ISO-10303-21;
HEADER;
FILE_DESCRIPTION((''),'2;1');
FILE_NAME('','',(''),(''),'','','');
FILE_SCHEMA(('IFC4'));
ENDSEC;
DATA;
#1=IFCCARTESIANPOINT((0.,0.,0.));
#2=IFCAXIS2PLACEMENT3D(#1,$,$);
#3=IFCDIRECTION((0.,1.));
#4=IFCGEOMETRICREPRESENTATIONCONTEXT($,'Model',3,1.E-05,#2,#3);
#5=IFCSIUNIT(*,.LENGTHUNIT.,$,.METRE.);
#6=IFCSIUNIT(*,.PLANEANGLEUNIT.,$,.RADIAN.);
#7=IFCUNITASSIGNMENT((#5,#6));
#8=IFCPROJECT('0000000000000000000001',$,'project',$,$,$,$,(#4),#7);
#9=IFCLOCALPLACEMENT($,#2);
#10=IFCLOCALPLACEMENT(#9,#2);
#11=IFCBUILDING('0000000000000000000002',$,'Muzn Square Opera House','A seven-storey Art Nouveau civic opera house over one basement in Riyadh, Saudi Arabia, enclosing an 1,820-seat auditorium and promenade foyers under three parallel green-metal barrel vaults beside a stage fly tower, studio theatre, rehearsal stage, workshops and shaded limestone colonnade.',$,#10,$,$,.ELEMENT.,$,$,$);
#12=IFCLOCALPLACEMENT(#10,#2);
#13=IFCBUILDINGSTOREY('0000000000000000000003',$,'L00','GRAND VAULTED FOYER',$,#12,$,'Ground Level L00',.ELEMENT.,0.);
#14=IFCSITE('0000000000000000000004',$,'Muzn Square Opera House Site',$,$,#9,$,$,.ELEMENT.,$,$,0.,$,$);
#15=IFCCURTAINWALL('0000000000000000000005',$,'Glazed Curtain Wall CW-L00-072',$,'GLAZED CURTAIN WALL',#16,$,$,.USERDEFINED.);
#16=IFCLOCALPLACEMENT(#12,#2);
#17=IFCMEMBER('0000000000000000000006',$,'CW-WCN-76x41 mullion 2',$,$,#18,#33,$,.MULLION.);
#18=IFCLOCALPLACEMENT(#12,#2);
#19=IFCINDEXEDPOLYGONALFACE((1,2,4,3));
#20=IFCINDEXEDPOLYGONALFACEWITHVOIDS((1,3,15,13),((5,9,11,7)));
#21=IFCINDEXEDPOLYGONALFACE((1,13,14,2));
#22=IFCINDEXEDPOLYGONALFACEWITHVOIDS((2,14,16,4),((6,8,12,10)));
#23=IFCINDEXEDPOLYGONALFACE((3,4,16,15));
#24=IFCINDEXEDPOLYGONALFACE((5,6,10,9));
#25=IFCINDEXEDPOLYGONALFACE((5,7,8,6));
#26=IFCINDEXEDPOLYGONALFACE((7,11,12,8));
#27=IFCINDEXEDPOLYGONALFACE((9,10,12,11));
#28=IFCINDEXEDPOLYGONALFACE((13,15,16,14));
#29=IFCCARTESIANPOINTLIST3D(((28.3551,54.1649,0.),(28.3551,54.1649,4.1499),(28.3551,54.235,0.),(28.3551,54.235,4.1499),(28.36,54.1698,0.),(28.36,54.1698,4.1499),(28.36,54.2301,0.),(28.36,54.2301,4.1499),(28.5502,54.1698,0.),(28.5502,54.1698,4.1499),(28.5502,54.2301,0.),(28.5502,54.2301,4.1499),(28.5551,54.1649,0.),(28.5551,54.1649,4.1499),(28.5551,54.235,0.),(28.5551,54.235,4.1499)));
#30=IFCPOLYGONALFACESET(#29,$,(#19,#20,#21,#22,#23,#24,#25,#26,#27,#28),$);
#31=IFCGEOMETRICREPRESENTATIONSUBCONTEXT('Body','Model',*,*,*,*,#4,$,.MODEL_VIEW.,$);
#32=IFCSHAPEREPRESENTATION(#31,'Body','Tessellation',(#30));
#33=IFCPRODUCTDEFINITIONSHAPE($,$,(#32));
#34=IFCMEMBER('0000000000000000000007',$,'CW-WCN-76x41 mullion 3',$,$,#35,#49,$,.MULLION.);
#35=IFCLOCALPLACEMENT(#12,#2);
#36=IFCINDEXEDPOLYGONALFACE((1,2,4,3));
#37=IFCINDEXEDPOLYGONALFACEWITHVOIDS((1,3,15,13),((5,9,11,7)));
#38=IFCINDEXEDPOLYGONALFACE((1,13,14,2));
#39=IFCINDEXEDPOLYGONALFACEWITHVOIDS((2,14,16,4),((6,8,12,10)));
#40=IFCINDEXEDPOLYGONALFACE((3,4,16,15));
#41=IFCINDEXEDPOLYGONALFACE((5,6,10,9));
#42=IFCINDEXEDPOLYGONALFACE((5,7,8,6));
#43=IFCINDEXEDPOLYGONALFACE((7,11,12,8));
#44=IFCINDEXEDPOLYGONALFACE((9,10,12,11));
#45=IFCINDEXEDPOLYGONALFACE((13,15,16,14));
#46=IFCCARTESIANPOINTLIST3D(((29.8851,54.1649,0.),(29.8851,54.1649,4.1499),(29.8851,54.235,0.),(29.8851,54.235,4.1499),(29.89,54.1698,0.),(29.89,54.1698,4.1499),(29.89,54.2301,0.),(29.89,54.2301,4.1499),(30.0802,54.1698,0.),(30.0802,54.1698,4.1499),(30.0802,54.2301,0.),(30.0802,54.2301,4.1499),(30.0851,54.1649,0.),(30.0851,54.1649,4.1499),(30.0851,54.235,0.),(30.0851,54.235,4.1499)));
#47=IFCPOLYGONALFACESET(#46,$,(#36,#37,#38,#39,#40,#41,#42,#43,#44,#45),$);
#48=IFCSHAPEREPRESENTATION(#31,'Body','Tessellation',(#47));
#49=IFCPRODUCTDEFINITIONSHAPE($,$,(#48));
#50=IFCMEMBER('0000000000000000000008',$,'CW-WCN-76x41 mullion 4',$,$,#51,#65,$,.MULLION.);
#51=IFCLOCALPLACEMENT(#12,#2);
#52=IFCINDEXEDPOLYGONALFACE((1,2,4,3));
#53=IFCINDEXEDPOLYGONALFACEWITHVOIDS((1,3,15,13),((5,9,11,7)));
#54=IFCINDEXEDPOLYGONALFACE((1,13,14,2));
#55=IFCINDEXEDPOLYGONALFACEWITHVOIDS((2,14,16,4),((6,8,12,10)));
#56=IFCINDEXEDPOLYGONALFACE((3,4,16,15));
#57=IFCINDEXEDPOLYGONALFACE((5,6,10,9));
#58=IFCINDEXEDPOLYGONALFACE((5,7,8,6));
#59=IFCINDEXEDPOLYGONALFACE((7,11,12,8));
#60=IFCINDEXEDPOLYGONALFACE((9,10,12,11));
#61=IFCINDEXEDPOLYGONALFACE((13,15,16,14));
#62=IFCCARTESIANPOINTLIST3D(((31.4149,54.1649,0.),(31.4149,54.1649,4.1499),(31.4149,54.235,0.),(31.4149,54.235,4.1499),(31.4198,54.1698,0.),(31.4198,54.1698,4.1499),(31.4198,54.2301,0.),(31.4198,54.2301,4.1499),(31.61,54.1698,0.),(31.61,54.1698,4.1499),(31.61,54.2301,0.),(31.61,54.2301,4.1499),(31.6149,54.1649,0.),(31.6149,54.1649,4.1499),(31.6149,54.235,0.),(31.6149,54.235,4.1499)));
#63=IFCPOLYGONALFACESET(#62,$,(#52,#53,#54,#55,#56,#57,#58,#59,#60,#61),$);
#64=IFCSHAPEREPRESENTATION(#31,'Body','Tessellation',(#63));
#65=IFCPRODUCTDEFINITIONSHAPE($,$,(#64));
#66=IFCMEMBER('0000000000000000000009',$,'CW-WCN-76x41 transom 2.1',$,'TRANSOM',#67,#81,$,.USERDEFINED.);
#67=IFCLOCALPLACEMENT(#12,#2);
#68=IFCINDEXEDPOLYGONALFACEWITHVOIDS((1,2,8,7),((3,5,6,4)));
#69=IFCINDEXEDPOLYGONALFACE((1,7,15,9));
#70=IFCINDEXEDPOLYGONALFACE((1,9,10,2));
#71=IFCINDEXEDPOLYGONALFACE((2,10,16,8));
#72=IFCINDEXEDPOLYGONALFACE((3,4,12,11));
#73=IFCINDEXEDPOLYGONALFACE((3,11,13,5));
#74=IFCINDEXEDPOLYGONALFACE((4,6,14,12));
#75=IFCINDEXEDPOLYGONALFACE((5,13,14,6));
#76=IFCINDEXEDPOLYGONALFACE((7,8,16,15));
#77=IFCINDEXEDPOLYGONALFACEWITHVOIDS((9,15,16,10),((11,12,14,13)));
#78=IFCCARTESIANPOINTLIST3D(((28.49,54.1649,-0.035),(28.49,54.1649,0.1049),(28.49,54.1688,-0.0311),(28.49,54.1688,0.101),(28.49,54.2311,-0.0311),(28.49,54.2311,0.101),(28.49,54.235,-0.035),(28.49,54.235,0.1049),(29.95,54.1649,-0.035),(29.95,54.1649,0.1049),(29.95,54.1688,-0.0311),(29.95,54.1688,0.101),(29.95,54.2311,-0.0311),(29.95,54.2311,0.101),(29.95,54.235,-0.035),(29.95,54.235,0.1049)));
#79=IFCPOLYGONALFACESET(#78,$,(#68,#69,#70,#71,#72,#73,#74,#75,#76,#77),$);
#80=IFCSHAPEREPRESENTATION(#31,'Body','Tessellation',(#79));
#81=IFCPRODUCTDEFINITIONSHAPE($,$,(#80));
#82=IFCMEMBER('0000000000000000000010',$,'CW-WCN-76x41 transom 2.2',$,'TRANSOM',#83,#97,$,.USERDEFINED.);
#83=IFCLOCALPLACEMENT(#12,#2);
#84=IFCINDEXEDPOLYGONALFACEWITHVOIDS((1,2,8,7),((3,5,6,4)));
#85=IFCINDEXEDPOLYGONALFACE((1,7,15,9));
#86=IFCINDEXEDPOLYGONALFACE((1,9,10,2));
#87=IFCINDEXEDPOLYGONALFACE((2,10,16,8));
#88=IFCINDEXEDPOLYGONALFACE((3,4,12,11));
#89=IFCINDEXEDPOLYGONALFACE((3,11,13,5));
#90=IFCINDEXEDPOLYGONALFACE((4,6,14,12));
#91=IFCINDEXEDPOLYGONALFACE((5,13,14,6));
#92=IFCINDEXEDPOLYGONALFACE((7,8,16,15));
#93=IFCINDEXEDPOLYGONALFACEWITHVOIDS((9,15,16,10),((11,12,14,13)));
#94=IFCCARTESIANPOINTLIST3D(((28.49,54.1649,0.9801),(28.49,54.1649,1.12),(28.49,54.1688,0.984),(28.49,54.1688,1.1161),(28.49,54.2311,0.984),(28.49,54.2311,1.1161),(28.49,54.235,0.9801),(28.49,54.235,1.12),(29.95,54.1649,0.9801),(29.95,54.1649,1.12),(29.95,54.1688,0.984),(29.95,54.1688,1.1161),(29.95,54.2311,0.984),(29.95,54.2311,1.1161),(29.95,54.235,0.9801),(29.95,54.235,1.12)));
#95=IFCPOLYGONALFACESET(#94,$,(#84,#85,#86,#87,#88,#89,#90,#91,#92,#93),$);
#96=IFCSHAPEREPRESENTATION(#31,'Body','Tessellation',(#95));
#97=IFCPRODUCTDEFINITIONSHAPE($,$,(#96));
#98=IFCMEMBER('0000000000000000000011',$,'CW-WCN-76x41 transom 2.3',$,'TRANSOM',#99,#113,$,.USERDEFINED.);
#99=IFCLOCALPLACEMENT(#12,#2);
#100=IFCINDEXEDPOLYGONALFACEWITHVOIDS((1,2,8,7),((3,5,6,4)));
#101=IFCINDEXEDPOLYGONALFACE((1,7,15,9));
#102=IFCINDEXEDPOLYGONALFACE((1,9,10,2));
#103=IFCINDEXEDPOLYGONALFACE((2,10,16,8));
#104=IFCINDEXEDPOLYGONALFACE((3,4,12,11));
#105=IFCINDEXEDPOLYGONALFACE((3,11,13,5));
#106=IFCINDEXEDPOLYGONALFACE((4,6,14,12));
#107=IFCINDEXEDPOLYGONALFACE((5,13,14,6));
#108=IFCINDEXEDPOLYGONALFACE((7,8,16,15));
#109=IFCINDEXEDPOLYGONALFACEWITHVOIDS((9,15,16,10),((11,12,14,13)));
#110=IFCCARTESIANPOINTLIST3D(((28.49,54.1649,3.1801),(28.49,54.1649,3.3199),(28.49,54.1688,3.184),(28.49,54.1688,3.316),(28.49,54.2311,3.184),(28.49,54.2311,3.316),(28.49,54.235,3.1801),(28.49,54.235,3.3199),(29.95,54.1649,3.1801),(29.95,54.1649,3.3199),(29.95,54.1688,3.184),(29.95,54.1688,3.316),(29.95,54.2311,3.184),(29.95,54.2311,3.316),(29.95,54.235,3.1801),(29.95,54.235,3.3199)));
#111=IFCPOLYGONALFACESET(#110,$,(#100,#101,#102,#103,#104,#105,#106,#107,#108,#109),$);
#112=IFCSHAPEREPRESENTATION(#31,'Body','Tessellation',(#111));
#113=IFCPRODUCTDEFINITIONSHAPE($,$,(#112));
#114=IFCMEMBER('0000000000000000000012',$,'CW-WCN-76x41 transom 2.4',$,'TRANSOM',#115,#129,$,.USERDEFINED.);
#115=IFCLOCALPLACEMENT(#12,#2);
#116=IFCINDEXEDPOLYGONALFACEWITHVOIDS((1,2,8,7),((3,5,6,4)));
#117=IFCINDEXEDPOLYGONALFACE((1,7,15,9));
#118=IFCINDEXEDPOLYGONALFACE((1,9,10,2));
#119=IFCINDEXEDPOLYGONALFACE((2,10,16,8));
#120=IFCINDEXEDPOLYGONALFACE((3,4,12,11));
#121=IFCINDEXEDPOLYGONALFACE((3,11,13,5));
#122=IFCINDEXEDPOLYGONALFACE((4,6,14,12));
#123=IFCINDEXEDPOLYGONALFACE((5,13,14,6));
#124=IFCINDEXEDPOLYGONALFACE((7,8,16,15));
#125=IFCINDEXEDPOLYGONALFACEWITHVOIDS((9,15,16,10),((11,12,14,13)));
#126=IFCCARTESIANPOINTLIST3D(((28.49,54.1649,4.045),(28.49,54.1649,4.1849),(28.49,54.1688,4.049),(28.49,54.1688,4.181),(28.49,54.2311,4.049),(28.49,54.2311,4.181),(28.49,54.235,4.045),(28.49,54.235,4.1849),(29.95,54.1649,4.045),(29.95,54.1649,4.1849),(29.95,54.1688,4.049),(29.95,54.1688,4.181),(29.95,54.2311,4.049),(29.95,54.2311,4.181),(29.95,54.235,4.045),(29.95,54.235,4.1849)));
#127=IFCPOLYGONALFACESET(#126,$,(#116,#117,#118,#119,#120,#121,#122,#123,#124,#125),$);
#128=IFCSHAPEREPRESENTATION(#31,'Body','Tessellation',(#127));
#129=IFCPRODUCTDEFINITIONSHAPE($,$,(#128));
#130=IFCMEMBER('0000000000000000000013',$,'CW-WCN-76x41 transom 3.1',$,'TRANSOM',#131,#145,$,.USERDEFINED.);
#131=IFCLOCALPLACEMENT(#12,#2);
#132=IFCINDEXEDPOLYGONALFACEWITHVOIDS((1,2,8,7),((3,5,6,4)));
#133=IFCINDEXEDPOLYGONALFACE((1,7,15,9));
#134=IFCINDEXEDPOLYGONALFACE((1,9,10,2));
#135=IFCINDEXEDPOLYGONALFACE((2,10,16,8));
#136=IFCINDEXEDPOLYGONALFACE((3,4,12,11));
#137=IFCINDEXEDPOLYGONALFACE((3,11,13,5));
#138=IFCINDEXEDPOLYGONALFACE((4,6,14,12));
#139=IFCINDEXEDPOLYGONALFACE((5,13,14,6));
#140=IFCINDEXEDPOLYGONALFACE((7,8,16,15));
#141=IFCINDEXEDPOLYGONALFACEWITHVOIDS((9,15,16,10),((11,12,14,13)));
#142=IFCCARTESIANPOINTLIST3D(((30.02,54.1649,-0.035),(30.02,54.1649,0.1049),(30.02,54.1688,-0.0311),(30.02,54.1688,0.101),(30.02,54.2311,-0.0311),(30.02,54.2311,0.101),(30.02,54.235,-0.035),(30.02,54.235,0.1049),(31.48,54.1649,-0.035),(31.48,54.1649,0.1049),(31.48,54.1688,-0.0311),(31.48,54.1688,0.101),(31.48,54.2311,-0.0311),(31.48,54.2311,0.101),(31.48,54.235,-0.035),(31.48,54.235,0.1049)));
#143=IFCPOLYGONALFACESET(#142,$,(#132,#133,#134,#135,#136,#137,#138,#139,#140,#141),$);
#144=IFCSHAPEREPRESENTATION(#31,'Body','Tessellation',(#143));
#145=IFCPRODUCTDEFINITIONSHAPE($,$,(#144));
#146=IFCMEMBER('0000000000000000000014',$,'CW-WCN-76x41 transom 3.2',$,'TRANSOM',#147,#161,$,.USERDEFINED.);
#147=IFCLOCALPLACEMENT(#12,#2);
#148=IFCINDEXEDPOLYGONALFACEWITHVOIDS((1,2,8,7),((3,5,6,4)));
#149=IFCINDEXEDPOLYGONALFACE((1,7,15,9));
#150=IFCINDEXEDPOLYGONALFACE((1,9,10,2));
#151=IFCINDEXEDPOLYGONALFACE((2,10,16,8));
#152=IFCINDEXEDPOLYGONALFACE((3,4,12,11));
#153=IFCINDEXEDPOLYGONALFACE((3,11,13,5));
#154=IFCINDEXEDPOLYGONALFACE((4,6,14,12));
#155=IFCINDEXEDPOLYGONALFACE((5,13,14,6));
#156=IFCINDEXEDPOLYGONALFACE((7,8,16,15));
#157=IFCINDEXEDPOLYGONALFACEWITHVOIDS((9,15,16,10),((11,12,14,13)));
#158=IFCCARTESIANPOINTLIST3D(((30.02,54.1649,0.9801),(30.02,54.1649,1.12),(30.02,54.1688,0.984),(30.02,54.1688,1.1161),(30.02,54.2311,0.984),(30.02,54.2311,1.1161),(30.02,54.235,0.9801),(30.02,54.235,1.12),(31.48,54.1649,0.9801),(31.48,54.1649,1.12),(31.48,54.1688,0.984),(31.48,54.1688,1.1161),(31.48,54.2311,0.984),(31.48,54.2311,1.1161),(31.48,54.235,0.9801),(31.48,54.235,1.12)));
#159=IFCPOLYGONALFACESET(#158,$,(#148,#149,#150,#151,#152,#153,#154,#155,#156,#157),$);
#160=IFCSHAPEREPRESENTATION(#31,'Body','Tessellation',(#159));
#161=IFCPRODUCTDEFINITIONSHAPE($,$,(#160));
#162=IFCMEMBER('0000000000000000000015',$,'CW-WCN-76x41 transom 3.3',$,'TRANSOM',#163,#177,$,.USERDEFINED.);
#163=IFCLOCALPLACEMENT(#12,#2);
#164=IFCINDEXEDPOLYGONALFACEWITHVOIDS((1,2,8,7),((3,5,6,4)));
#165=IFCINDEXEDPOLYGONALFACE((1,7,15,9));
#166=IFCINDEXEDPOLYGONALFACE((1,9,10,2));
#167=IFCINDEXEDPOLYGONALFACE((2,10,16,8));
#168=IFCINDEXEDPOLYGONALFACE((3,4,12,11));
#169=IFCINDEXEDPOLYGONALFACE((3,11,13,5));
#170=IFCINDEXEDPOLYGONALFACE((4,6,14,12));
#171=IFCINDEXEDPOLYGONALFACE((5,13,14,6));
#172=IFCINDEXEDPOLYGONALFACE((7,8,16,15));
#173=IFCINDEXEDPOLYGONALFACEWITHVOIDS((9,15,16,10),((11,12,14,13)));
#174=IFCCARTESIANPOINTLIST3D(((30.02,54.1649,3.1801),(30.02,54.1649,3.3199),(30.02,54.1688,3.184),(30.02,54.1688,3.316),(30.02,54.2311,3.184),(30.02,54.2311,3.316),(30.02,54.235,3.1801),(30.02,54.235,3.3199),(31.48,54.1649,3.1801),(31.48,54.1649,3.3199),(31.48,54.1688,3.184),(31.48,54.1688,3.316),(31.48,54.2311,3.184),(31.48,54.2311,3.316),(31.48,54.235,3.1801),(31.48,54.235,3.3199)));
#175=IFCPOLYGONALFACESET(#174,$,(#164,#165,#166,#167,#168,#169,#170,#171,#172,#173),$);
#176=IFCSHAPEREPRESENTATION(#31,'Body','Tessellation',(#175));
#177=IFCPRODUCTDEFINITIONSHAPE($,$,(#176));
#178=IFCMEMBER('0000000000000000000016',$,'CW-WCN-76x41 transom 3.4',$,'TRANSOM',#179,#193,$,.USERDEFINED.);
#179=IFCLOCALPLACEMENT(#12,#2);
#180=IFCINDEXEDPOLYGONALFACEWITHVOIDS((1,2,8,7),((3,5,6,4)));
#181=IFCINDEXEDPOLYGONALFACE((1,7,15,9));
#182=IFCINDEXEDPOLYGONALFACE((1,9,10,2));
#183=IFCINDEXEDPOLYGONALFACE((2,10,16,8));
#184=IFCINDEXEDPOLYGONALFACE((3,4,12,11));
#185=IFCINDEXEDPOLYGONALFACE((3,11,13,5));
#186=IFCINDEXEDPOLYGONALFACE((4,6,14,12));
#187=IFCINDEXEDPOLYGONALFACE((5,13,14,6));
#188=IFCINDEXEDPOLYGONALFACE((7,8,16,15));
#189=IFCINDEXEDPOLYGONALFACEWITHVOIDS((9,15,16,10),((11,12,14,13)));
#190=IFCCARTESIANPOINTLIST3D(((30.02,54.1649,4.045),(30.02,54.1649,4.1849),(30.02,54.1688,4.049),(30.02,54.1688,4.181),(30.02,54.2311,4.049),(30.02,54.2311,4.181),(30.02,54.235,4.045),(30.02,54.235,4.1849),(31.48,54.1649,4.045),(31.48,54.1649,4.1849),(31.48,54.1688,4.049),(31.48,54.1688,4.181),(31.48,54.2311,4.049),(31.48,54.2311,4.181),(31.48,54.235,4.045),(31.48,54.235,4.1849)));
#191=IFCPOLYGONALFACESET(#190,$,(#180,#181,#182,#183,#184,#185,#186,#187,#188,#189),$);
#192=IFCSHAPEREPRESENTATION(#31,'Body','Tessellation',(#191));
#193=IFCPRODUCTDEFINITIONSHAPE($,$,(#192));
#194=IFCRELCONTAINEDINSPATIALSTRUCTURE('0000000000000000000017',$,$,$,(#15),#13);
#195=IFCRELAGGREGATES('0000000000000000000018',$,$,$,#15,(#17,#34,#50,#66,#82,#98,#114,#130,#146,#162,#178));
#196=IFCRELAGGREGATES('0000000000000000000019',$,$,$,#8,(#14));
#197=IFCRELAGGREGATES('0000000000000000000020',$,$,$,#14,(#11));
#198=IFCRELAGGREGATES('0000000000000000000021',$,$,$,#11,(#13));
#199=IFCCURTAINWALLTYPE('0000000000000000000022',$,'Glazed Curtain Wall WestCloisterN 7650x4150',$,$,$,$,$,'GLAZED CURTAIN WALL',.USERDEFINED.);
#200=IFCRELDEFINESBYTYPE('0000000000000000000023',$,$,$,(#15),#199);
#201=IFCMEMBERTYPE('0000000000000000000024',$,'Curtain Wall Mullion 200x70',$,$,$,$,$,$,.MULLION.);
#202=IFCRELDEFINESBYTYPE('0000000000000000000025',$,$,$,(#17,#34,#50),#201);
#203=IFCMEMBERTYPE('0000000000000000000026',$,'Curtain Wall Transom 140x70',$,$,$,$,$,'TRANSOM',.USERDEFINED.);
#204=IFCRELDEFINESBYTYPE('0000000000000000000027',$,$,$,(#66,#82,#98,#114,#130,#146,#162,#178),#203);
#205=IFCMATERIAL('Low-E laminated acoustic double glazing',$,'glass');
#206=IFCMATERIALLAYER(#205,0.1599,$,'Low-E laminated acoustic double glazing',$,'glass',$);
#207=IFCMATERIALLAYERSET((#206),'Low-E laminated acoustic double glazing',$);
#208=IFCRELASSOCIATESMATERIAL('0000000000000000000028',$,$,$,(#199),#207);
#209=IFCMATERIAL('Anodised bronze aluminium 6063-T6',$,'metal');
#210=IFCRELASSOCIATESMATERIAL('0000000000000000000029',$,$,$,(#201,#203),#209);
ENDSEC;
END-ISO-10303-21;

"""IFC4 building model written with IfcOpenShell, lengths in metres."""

from ifc_helpers import new_model, si_unit, direction, frame, origin, origin_2d, place, context, subcontext, project, spatial, hollow_rectangle, extrude, material, layer, layer_set, material_profile, profile_set, type_object, element, aggregate, save


model = new_model("IFC4")

# Units and contexts
model_context = context("Model", 3, precision=1e-05, world=origin(), true_north=direction((0.0, 1.0)))
body_context = subcontext(model_context, "Body", "Model", "MODEL_VIEW")
ifc_project = project(units=[si_unit("LENGTHUNIT", "METRE"), si_unit("PLANEANGLEUNIT", "RADIAN")], contexts=[model_context])

# Site, building, storey
site_placement = place(None, origin())
site = spatial("IfcSite", under=ifc_project, at=site_placement, Name="Muzn Square Opera House Site", CompositionType="ELEMENT", RefElevation=0.0)
building_placement = place(site_placement, origin())
building = spatial("IfcBuilding", under=site, at=building_placement, Name="Muzn Square Opera House", Description="A seven-storey Art Nouveau civic opera house over one basement in Riyadh, Saudi Arabia, enclosing an 1,820-seat auditorium and promenade foyers under three parallel green-metal barrel vaults beside a stage fly tower, studio theatre, rehearsal stage, workshops and shaded limestone colonnade.", CompositionType="ELEMENT")
storey_placement = place(building_placement, origin())
storey = spatial("IfcBuildingStorey", under=building, at=storey_placement, Name="L00", Description="GRAND VAULTED FOYER", LongName="Ground Level L00", CompositionType="ELEMENT", Elevation=0.0)

# Curtain wall, members
ifc_material_1 = material(Name="Low-E laminated acoustic double glazing", Category="glass")
ifc_layer_1 = layer(ifc_material_1, 0.1599, Name="Low-E laminated acoustic double glazing", Category="glass")
ifc_layer_set_1 = layer_set([ifc_layer_1], Name="Low-E laminated acoustic double glazing")
curtain_wall_type = type_object("IfcCurtainWallType", Name="Glazed Curtain Wall WestCloisterN 7650x4150", ElementType="GLAZED CURTAIN WALL", PredefinedType="USERDEFINED", material=ifc_layer_set_1)
curtain_wall_placement = place(storey_placement, origin())
curtain_wall = element("IfcCurtainWall", 1, at=curtain_wall_placement, inside=storey, type_object=curtain_wall_type, Name="Glazed Curtain Wall CW-L00-072", ObjectType="GLAZED CURTAIN WALL", PredefinedType="USERDEFINED")
ifc_material_2 = material(Name="Anodised bronze aluminium 6063-T6", Category="metal")
ifc_material_profile_1 = material_profile(ifc_material_2, hollow_rectangle(XDim=0.0701, YDim=0.2, WallThickness=0.0049, at=origin_2d()), Name="ALU 200x70x5", Category="metal")
ifc_profile_set_1 = profile_set([ifc_material_profile_1], Name="Anodised bronze aluminium 6063-T6")
member_type_1 = type_object("IfcMemberType", Name="Curtain Wall Mullion 200x70", PredefinedType="MULLION", material=ifc_profile_set_1)
member_1_placement = place(storey_placement, frame((28.4551, 54.2, 0.0), z_axis=(0.0, 0.0, 1.0), x_axis=(0.0, 1.0, 0.0)))
member_1 = element("IfcMember", 2, at=member_1_placement, type_object=member_type_1, Name="CW-WCN-76x41 mullion 2", PredefinedType="MULLION", context=body_context, shape_type="SweptSolid", body=[
    extrude(hollow_rectangle(XDim=0.0701, YDim=0.2, WallThickness=0.0049, at=origin_2d()), origin(), (0.0, 0.0, 1.0), 4.1499),
])
member_2_placement = place(storey_placement, frame((29.9851, 54.2, 0.0), z_axis=(0.0, 0.0, 1.0), x_axis=(0.0, 1.0, 0.0)))
member_2 = element("IfcMember", 3, at=member_2_placement, type_object=member_type_1, Name="CW-WCN-76x41 mullion 3", PredefinedType="MULLION", context=body_context, shape_type="SweptSolid", body=[
    extrude(hollow_rectangle(XDim=0.0701, YDim=0.2, WallThickness=0.0049, at=origin_2d()), origin(), (0.0, 0.0, 1.0), 4.1499),
])
member_3_placement = place(storey_placement, frame((31.5149, 54.2, 0.0), z_axis=(0.0, 0.0, 1.0), x_axis=(0.0, 1.0, 0.0)))
member_3 = element("IfcMember", 4, at=member_3_placement, type_object=member_type_1, Name="CW-WCN-76x41 mullion 4", PredefinedType="MULLION", context=body_context, shape_type="SweptSolid", body=[
    extrude(hollow_rectangle(XDim=0.0701, YDim=0.2, WallThickness=0.0049, at=origin_2d()), origin(), (0.0, 0.0, 1.0), 4.1499),
])
ifc_material_profile_2 = material_profile(ifc_material_2, hollow_rectangle(XDim=0.0701, YDim=0.1399, WallThickness=0.0039, at=origin_2d()), Name="ALU 140x70x4", Category="metal")
ifc_profile_set_2 = profile_set([ifc_material_profile_2], Name="Anodised bronze aluminium 6063-T6")
member_type_2 = type_object("IfcMemberType", Name="Curtain Wall Transom 140x70", ElementType="TRANSOM", PredefinedType="USERDEFINED", material=ifc_profile_set_2)
member_4_placement = place(storey_placement, frame((28.49, 54.2, 0.0349), z_axis=(1.0, 0.0, 0.0), x_axis=(0.0, 1.0, 0.0)))
member_4 = element("IfcMember", 5, at=member_4_placement, type_object=member_type_2, Name="CW-WCN-76x41 transom 2.1", ObjectType="TRANSOM", PredefinedType="USERDEFINED", context=body_context, shape_type="SweptSolid", body=[
    extrude(hollow_rectangle(XDim=0.0701, YDim=0.1399, WallThickness=0.0039, at=origin_2d()), origin(), (0.0, 0.0, 1.0), 1.46),
])
member_5_placement = place(storey_placement, frame((28.49, 54.2, 1.05), z_axis=(1.0, 0.0, 0.0), x_axis=(0.0, 1.0, 0.0)))
member_5 = element("IfcMember", 6, at=member_5_placement, type_object=member_type_2, Name="CW-WCN-76x41 transom 2.2", ObjectType="TRANSOM", PredefinedType="USERDEFINED", context=body_context, shape_type="SweptSolid", body=[
    extrude(hollow_rectangle(XDim=0.0701, YDim=0.1399, WallThickness=0.0039, at=origin_2d()), origin(), (0.0, 0.0, 1.0), 1.46),
])
member_6_placement = place(storey_placement, frame((28.49, 54.2, 3.25), z_axis=(1.0, 0.0, 0.0), x_axis=(0.0, 1.0, 0.0)))
member_6 = element("IfcMember", 7, at=member_6_placement, type_object=member_type_2, Name="CW-WCN-76x41 transom 2.3", ObjectType="TRANSOM", PredefinedType="USERDEFINED", context=body_context, shape_type="SweptSolid", body=[
    extrude(hollow_rectangle(XDim=0.0701, YDim=0.1399, WallThickness=0.0039, at=origin_2d()), origin(), (0.0, 0.0, 1.0), 1.46),
])
member_7_placement = place(storey_placement, frame((28.49, 54.2, 4.115), z_axis=(1.0, 0.0, 0.0), x_axis=(0.0, 1.0, 0.0)))
member_7 = element("IfcMember", 8, at=member_7_placement, type_object=member_type_2, Name="CW-WCN-76x41 transom 2.4", ObjectType="TRANSOM", PredefinedType="USERDEFINED", context=body_context, shape_type="SweptSolid", body=[
    extrude(hollow_rectangle(XDim=0.0701, YDim=0.1399, WallThickness=0.0039, at=origin_2d()), origin(), (0.0, 0.0, 1.0), 1.46),
])
member_8_placement = place(storey_placement, frame((30.02, 54.2, 0.0349), z_axis=(1.0, 0.0, 0.0), x_axis=(0.0, 1.0, 0.0)))
member_8 = element("IfcMember", 9, at=member_8_placement, type_object=member_type_2, Name="CW-WCN-76x41 transom 3.1", ObjectType="TRANSOM", PredefinedType="USERDEFINED", context=body_context, shape_type="SweptSolid", body=[
    extrude(hollow_rectangle(XDim=0.0701, YDim=0.1399, WallThickness=0.0039, at=origin_2d()), origin(), (0.0, 0.0, 1.0), 1.46),
])
member_9_placement = place(storey_placement, frame((30.02, 54.2, 1.05), z_axis=(1.0, 0.0, 0.0), x_axis=(0.0, 1.0, 0.0)))
member_9 = element("IfcMember", 10, at=member_9_placement, type_object=member_type_2, Name="CW-WCN-76x41 transom 3.2", ObjectType="TRANSOM", PredefinedType="USERDEFINED", context=body_context, shape_type="SweptSolid", body=[
    extrude(hollow_rectangle(XDim=0.0701, YDim=0.1399, WallThickness=0.0039, at=origin_2d()), origin(), (0.0, 0.0, 1.0), 1.46),
])
member_10_placement = place(storey_placement, frame((30.02, 54.2, 3.25), z_axis=(1.0, 0.0, 0.0), x_axis=(0.0, 1.0, 0.0)))
member_10 = element("IfcMember", 11, at=member_10_placement, type_object=member_type_2, Name="CW-WCN-76x41 transom 3.3", ObjectType="TRANSOM", PredefinedType="USERDEFINED", context=body_context, shape_type="SweptSolid", body=[
    extrude(hollow_rectangle(XDim=0.0701, YDim=0.1399, WallThickness=0.0039, at=origin_2d()), origin(), (0.0, 0.0, 1.0), 1.46),
])
member_11_placement = place(storey_placement, frame((30.02, 54.2, 4.115), z_axis=(1.0, 0.0, 0.0), x_axis=(0.0, 1.0, 0.0)))
member_11 = element("IfcMember", 12, at=member_11_placement, type_object=member_type_2, Name="CW-WCN-76x41 transom 3.4", ObjectType="TRANSOM", PredefinedType="USERDEFINED", context=body_context, shape_type="SweptSolid", body=[
    extrude(hollow_rectangle(XDim=0.0701, YDim=0.1399, WallThickness=0.0039, at=origin_2d()), origin(), (0.0, 0.0, 1.0), 1.46),
])
aggregate(curtain_wall, [member_1, member_2, member_3, member_4, member_5, member_6, member_7, member_8, member_9, member_10, member_11])

save(model, "model.ifc")
